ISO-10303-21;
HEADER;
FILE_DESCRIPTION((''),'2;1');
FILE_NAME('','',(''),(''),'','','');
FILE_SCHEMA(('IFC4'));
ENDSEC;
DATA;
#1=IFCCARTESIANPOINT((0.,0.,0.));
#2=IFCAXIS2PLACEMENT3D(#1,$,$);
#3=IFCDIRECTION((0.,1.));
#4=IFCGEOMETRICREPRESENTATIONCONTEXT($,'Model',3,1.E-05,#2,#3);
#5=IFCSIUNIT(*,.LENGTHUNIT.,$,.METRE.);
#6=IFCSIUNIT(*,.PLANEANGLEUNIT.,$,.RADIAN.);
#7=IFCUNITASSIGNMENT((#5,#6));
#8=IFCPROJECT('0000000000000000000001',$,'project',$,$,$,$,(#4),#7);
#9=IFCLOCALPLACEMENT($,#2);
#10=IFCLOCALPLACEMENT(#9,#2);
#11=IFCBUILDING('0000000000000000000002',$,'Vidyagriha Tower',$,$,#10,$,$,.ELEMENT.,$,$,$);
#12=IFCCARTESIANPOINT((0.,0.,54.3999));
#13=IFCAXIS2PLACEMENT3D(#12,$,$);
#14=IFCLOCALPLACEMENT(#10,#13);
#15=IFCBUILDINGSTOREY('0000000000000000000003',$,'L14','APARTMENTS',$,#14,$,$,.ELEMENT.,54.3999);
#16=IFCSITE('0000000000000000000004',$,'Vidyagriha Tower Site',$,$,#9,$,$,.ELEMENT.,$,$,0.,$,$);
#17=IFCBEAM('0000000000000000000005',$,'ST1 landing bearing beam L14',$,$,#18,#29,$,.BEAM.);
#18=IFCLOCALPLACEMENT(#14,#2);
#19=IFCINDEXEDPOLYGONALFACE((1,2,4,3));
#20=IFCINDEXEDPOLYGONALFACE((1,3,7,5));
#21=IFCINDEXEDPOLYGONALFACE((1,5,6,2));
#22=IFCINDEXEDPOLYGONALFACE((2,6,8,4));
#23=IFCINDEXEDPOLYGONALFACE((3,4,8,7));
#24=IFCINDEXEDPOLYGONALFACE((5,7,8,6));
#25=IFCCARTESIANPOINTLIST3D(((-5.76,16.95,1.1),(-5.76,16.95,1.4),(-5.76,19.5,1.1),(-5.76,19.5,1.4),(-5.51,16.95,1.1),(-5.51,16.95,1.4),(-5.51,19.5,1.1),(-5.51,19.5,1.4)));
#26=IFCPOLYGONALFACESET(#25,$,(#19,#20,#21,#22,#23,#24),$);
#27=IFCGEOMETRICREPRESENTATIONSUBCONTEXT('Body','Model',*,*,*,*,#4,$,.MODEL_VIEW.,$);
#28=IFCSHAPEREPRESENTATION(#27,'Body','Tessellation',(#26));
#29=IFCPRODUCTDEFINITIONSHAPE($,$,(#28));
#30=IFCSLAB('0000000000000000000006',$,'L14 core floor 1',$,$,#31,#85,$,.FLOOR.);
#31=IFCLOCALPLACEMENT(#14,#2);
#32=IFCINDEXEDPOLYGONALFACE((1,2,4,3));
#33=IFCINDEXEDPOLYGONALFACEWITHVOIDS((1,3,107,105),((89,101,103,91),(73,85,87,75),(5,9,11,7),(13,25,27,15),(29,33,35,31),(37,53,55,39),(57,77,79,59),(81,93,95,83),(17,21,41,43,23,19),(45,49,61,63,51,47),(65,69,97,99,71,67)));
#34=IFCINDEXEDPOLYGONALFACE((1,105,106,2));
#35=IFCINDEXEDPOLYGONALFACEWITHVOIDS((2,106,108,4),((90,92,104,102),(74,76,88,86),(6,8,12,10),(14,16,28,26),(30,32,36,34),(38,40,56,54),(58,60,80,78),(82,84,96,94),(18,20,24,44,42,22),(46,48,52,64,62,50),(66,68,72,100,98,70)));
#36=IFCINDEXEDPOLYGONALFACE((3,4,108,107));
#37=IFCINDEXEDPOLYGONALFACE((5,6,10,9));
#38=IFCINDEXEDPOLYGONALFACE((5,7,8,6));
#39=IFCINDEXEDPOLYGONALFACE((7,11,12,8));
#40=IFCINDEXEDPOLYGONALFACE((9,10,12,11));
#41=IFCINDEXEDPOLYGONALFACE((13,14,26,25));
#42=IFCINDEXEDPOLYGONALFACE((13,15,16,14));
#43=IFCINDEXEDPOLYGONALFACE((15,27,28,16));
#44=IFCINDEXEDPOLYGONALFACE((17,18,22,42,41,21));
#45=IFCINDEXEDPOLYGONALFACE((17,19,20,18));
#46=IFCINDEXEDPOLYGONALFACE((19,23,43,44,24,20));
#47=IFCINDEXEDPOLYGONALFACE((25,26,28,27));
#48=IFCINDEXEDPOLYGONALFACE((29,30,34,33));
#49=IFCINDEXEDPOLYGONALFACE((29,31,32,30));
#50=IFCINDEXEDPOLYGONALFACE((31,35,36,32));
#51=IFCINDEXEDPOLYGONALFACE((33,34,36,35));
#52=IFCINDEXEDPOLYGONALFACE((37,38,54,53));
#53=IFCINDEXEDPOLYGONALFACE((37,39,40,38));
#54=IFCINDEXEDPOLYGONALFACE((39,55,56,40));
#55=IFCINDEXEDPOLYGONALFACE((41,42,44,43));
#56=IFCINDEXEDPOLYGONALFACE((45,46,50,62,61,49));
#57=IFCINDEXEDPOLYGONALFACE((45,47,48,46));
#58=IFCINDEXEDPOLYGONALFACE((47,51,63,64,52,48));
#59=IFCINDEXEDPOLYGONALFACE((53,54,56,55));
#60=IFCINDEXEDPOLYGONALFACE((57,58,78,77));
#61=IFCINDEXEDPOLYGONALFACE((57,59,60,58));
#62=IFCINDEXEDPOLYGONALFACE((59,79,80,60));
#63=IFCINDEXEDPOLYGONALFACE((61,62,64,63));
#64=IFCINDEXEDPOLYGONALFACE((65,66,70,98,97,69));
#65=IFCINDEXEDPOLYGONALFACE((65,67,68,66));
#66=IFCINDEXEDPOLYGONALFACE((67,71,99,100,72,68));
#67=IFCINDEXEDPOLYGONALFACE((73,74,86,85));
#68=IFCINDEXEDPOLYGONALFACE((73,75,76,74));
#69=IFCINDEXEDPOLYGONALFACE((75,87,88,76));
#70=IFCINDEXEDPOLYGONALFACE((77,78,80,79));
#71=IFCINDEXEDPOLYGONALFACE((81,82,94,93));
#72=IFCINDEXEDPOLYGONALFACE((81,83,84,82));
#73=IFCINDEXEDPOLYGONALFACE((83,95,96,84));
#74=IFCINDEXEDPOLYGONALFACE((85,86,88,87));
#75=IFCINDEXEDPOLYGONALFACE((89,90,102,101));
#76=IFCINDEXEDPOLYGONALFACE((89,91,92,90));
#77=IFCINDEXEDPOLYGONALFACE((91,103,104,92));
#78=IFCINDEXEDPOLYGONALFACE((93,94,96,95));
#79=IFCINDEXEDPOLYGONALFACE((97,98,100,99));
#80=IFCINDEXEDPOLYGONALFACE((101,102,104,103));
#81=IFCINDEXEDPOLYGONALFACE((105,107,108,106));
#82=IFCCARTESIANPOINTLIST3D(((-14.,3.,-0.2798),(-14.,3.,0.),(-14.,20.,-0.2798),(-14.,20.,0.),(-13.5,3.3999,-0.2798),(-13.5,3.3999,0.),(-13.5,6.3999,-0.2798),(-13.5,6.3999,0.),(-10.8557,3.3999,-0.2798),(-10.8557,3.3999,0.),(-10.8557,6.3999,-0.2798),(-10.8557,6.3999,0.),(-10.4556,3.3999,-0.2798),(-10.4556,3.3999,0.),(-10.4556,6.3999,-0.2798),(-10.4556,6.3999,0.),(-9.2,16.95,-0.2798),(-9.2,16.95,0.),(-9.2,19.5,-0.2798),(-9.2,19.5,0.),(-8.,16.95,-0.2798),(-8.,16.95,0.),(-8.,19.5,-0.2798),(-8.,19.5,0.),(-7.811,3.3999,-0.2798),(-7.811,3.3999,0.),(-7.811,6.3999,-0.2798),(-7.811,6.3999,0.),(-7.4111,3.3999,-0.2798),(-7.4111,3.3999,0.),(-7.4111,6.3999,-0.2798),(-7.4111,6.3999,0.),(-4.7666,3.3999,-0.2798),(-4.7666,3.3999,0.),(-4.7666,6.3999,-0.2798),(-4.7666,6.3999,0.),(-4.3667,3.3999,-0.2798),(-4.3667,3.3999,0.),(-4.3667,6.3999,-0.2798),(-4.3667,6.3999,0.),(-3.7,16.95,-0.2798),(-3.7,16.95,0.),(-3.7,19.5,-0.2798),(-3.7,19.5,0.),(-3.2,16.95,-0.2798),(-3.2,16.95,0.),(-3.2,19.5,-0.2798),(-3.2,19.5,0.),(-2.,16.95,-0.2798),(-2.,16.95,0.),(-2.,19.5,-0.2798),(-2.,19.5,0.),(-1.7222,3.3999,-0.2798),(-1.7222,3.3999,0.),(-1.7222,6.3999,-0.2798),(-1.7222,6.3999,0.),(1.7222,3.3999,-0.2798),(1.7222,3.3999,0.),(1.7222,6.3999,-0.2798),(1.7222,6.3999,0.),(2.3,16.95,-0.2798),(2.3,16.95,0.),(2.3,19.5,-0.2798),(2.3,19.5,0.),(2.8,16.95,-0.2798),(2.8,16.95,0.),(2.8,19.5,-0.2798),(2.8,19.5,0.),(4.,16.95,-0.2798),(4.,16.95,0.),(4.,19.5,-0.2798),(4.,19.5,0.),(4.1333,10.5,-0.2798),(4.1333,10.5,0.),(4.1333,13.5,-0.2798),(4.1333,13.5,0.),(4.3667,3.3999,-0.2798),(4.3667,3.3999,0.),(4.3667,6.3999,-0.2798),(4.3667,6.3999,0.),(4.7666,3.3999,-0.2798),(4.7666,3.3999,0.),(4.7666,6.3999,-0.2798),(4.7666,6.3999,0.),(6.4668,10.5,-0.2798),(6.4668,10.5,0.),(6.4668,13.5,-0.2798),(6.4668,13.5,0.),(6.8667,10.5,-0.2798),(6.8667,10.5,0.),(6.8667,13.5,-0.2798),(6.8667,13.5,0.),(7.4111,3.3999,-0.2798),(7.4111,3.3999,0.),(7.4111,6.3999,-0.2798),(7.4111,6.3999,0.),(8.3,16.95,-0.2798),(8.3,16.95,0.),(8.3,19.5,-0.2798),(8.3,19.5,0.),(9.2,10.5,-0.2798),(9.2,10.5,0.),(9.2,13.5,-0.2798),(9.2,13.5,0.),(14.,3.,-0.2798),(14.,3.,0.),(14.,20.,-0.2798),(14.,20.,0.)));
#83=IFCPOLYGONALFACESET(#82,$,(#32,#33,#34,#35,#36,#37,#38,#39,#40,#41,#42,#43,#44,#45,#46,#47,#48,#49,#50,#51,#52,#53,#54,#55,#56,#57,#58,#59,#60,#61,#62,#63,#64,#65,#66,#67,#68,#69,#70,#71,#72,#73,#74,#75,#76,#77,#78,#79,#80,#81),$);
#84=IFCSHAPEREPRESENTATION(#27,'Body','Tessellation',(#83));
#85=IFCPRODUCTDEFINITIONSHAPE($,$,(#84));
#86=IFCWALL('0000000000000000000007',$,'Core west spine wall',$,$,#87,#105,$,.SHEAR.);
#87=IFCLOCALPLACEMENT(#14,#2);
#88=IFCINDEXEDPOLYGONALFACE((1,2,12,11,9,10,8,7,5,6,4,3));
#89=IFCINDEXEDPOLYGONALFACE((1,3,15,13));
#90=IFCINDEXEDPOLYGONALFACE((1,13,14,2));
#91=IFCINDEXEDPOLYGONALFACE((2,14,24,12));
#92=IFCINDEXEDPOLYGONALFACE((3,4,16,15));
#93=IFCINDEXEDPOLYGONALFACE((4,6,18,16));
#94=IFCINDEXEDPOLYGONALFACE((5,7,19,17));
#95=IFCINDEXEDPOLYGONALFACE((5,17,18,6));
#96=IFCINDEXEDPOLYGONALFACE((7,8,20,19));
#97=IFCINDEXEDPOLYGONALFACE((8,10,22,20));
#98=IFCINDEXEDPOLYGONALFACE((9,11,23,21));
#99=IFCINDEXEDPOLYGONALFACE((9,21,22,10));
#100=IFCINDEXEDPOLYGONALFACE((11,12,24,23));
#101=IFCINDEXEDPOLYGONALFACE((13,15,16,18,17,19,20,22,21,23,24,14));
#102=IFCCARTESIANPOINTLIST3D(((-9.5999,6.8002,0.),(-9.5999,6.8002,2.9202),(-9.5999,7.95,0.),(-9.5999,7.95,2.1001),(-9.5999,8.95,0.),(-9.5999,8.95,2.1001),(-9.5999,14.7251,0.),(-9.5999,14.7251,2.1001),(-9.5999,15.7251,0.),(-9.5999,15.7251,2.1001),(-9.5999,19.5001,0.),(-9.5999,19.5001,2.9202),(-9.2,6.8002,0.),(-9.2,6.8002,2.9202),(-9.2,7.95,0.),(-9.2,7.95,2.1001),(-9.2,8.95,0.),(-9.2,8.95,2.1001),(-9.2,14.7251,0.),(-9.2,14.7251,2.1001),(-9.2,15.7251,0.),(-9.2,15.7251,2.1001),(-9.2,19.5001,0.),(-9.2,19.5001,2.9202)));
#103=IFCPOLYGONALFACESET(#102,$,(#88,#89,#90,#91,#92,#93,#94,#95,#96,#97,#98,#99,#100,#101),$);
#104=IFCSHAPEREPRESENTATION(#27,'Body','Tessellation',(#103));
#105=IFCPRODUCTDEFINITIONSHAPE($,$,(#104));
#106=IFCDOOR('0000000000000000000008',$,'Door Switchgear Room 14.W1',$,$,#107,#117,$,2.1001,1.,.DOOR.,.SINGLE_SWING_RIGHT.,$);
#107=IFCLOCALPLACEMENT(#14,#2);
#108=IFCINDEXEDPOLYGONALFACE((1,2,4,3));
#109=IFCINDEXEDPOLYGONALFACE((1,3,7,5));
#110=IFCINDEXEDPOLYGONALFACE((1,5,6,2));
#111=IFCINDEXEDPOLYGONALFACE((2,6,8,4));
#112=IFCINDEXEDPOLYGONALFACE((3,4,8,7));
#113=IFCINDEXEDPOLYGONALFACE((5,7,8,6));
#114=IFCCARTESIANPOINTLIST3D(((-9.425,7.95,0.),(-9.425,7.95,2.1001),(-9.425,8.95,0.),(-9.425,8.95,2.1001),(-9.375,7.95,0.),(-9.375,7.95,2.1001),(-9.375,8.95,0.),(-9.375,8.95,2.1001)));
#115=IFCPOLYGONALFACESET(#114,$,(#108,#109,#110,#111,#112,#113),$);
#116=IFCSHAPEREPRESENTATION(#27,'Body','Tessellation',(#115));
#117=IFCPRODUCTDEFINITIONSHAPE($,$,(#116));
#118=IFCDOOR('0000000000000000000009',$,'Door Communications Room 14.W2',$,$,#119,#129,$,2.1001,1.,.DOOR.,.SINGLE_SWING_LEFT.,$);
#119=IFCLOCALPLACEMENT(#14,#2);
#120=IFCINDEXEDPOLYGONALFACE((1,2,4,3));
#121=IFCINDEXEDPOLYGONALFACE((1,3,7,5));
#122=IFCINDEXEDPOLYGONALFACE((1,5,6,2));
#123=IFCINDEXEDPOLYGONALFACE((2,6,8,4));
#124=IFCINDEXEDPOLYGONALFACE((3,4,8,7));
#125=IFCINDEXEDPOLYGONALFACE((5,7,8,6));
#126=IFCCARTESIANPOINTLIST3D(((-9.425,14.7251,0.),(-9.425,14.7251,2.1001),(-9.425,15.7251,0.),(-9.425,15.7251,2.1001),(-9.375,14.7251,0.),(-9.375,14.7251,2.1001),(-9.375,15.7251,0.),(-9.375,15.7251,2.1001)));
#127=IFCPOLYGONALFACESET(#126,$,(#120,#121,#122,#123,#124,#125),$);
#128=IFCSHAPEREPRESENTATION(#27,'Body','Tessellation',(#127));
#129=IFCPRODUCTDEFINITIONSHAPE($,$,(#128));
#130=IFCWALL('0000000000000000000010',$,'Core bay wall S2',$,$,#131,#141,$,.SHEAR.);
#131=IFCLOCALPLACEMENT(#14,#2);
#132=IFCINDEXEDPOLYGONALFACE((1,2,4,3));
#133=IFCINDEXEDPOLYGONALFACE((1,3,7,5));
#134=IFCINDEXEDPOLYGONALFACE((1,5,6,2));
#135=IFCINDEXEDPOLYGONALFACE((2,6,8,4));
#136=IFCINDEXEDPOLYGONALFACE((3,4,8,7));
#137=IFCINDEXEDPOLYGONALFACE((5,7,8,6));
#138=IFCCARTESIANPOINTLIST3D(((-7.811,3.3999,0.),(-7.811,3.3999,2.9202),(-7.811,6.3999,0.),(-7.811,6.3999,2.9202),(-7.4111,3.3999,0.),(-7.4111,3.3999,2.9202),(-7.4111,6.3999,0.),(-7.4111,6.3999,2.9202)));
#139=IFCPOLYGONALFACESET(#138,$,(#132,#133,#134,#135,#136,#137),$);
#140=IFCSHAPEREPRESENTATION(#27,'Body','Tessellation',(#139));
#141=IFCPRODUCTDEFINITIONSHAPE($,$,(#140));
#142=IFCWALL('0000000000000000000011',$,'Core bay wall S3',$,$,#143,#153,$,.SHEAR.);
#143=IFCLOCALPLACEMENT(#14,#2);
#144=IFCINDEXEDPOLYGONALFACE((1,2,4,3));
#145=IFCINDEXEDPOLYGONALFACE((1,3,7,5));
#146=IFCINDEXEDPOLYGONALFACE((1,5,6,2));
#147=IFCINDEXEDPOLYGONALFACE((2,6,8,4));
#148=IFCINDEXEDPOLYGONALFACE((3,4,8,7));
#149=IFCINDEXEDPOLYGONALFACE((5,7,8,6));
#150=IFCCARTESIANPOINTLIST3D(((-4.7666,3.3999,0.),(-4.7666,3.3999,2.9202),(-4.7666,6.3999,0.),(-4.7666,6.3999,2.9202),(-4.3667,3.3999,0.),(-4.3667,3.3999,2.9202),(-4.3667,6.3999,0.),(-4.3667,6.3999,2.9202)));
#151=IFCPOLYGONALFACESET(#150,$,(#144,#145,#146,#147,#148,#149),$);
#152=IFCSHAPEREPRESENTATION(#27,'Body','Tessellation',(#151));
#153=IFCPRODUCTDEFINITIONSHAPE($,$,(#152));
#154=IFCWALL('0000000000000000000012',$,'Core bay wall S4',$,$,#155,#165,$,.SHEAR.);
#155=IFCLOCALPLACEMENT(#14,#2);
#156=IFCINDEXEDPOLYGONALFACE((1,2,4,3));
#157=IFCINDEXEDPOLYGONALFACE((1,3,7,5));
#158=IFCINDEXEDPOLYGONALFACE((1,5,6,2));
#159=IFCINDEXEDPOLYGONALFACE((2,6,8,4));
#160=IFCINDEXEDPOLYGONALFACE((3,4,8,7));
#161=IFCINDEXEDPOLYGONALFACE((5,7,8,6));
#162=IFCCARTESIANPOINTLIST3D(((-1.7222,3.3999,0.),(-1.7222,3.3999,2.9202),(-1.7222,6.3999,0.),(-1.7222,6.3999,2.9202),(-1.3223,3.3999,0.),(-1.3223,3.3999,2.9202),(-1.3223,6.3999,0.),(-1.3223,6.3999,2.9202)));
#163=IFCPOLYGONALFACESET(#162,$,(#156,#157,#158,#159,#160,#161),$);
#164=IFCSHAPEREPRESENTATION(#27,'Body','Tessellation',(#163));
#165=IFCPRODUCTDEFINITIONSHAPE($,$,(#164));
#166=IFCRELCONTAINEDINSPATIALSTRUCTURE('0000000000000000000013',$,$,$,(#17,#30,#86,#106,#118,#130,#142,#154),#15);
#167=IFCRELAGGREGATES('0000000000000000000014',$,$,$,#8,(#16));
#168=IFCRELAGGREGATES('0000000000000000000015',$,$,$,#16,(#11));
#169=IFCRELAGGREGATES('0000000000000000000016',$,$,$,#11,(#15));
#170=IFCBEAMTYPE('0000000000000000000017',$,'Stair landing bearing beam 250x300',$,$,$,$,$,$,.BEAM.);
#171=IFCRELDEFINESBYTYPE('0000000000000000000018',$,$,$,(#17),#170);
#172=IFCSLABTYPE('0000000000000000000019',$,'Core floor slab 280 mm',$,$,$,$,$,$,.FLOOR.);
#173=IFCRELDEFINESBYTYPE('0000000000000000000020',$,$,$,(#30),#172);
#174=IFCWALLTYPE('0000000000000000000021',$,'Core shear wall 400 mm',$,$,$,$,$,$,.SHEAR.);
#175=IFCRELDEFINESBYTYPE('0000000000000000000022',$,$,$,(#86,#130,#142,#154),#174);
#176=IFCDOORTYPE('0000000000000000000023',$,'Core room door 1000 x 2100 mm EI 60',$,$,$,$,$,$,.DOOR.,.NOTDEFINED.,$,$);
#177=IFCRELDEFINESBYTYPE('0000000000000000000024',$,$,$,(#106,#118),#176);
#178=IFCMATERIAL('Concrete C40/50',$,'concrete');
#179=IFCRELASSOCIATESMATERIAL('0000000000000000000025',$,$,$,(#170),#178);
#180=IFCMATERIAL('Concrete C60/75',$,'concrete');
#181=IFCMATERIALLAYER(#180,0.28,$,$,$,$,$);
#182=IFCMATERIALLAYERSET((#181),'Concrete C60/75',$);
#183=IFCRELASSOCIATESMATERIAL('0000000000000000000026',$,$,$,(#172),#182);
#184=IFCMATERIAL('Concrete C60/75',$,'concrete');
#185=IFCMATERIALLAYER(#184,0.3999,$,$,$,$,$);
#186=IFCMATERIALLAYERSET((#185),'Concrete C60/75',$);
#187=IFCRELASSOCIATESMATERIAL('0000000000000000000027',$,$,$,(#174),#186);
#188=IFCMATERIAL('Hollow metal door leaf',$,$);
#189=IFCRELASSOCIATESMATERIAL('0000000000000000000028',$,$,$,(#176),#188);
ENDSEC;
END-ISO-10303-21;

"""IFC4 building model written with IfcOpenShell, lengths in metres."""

from ifc_helpers import new_model, si_unit, direction, frame, frame_2d, origin, origin_2d, place, context, subcontext, project, spatial, polyline, rectangle, outline, extrude, material, layer, layer_set, material_profile, profile_set, type_object, element, fill, save


model = new_model("IFC4")

# Units and contexts
model_context = context("Model", 3, precision=1e-05, world=origin(), true_north=direction((0.0, 1.0)))
body_context = subcontext(model_context, "Body", "Model", "MODEL_VIEW")
ifc_project = project(units=[si_unit("LENGTHUNIT", "METRE"), si_unit("PLANEANGLEUNIT", "RADIAN")], contexts=[model_context])

# Site, building, storey
site_placement = place(None, origin())
site = spatial("IfcSite", under=ifc_project, at=site_placement, Name="Vidyagriha Tower Site", CompositionType="ELEMENT", RefElevation=0.0)
building_placement = place(site_placement, origin())
building = spatial("IfcBuilding", under=site, at=building_placement, Name="Vidyagriha Tower", CompositionType="ELEMENT")
storey_placement = place(building_placement, frame((0.0, 0.0, 54.3999)))
storey = spatial("IfcBuildingStorey", under=building, at=storey_placement, Name="L14", Description="APARTMENTS", CompositionType="ELEMENT", Elevation=54.3999)

# Beam
ifc_material_1 = material(Name="Concrete C40/50", Category="concrete")
ifc_material_profile = material_profile(ifc_material_1, rectangle(XDim=0.25, YDim=0.3, at=origin_2d()), Name="Stair landing bearing beam 250x300")
ifc_profile_set = profile_set([ifc_material_profile], Name="Concrete C40/50")
beam_type = type_object("IfcBeamType", Name="Stair landing bearing beam 250x300", PredefinedType="BEAM", material=ifc_profile_set)
beam_placement = place(storey_placement, frame((-5.635, 16.95, 1.25), z_axis=(0.0, 1.0, 0.0), x_axis=(-1.0, 0.0, 0.0)))
element("IfcBeam", 1, at=beam_placement, inside=storey, type_object=beam_type, Name="ST1 landing bearing beam L14", PredefinedType="BEAM", context=body_context, shape_type="SweptSolid", body=[
    extrude(rectangle(XDim=0.25, YDim=0.3, at=origin_2d()), origin(), (0.0, 0.0, 1.0), 2.55),
])

# Slab
ifc_material_2 = material(Name="Concrete C60/75", Category="concrete")
ifc_layer_1 = layer(ifc_material_2, 0.28)
ifc_layer_set_1 = layer_set([ifc_layer_1], Name="Concrete C60/75")
slab_type = type_object("IfcSlabType", Name="Core floor slab 280 mm", PredefinedType="FLOOR", material=ifc_layer_set_1)
slab_placement = place(storey_placement, frame((0.0, 0.0, -0.2798)))
element("IfcSlab", 2, at=slab_placement, inside=storey, type_object=slab_type, Name="L14 core floor 1", PredefinedType="FLOOR", context=body_context, shape_type="SweptSolid", body=[
    extrude(outline(polyline([(-14.0, 3.0), (-14.0, 20.0), (14.0, 20.0), (14.0, 3.0), (-14.0, 3.0)]), holes=[polyline([(9.2, 13.5), (6.8667, 13.5), (6.8667, 10.5), (9.2, 10.5), (9.2, 13.5)]), polyline([(4.0, 19.5), (2.8, 19.5), (2.8, 16.95), (4.0, 16.95), (8.3, 16.95), (8.3, 19.5), (4.0, 19.5)]), polyline([(7.4111, 6.3999), (4.7666, 6.3999), (4.7666, 3.3999), (7.4111, 3.3999), (7.4111, 6.3999)]), polyline([(6.4668, 13.5), (4.1333, 13.5), (4.1333, 10.5), (6.4668, 10.5), (6.4668, 13.5)]), polyline([(1.7222, 6.3999), (1.7222, 3.3999), (4.3667, 3.3999), (4.3667, 6.3999), (1.7222, 6.3999)]), polyline([(-2.0, 16.95), (2.3, 16.95), (2.3, 19.5), (-2.0, 19.5), (-3.2, 19.5), (-3.2, 16.95), (-2.0, 16.95)]), polyline([(-1.7222, 6.3999), (-4.3667, 6.3999), (-4.3667, 3.3999), (-1.7222, 3.3999), (-1.7222, 6.3999)]), polyline([(-8.0, 19.5), (-9.2, 19.5), (-9.2, 16.95), (-8.0, 16.95), (-3.7, 16.95), (-3.7, 19.5), (-8.0, 19.5)]), polyline([(-4.7666, 6.3999), (-7.4111, 6.3999), (-7.4111, 3.3999), (-4.7666, 3.3999), (-4.7666, 6.3999)]), polyline([(-7.811, 6.3999), (-10.4556, 6.3999), (-10.4556, 3.3999), (-7.811, 3.3999), (-7.811, 6.3999)]), polyline([(-13.5, 6.3999), (-13.5, 3.3999), (-10.8557, 3.3999), (-10.8557, 6.3999), (-13.5, 6.3999)])]), origin(), (0.0, 0.0, 1.0), 0.2798),
])

# Wall, openings, doors
ifc_material_3 = material(Name="Concrete C60/75", Category="concrete")
ifc_layer_2 = layer(ifc_material_3, 0.3999)
ifc_layer_set_2 = layer_set([ifc_layer_2], Name="Concrete C60/75")
wall_type_1 = type_object("IfcWallType", Name="Core shear wall 400 mm", PredefinedType="SHEAR", material=ifc_layer_set_2)
wall_1_placement = place(storey_placement, frame((-9.3999, 6.8, 0.0), z_axis=(0.0, 0.0, 1.0), x_axis=(0.0, 1.0, 0.0)))
wall_1 = element("IfcWall", 3, at=wall_1_placement, inside=storey, type_object=wall_type_1, Name="Core west spine wall", PredefinedType="SHEAR", context=body_context, shape_type="SweptSolid", body=[
    extrude(rectangle(XDim=12.7, YDim=0.3999, at=frame_2d((6.3501, 0.0))), origin(), (0.0, 0.0, 1.0), 2.9202),
])
opening_1_placement = place(wall_1_placement, frame((1.1499, 0.0, 0.0)))
opening_1 = element("IfcOpeningElement", 4, at=opening_1_placement, cuts=wall_1, PredefinedType="OPENING", context=body_context, shape_type="SweptSolid", body=[
    extrude(rectangle(XDim=1.0, YDim=2.1001, at=frame_2d((0.5, 1.05))), frame((0.0, 0.21, 0.0), z_axis=(0.0, -1.0, 0.0), x_axis=(1.0, 0.0, 0.0)), (0.0, 0.0, 1.0), 0.4199),
])
opening_2_placement = place(wall_1_placement, frame((7.925, 0.0, 0.0)))
opening_2 = element("IfcOpeningElement", 5, at=opening_2_placement, cuts=wall_1, PredefinedType="OPENING", context=body_context, shape_type="SweptSolid", body=[
    extrude(rectangle(XDim=1.0, YDim=2.1001, at=frame_2d((0.5, 1.05))), frame((0.0, 0.21, 0.0), z_axis=(0.0, -1.0, 0.0), x_axis=(1.0, 0.0, 0.0)), (0.0, 0.0, 1.0), 0.4199),
])
ifc_material_4 = material(Name="Hollow metal door leaf")
door_type_1 = type_object("IfcDoorType", Name="Core room door 1000 x 2100 mm EI 60", OperationType="NOTDEFINED", PredefinedType="DOOR", material=ifc_material_4)
door_1_placement = place(opening_1_placement, frame((1.0, 0.0, 0.0), z_axis=(0.0, 0.0, 1.0), x_axis=(-1.0, 0.0, 0.0)))
door_1 = element("IfcDoor", 6, at=door_1_placement, inside=storey, type_object=door_type_1, Name="Door Switchgear Room 14.W1", OperationType="SINGLE_SWING_RIGHT", OverallHeight=2.1001, OverallWidth=1.0, PredefinedType="DOOR", context=body_context, shape_type="SweptSolid", body=[
    extrude(rectangle(XDim=1.0, YDim=2.1001, at=frame_2d((0.5, 1.05))), frame((0.0, 0.0249, 0.0), z_axis=(0.0, -1.0, 0.0), x_axis=(1.0, 0.0, 0.0)), (0.0, 0.0, 1.0), 0.05),
])
fill(opening_1, door_1)
door_2_placement = place(opening_2_placement, frame((1.0, 0.0, 0.0), z_axis=(0.0, 0.0, 1.0), x_axis=(-1.0, 0.0, 0.0)))
door_2 = element("IfcDoor", 7, at=door_2_placement, inside=storey, type_object=door_type_1, Name="Door Communications Room 14.W2", OperationType="SINGLE_SWING_LEFT", OverallHeight=2.1001, OverallWidth=1.0, PredefinedType="DOOR", context=body_context, shape_type="SweptSolid", body=[
    extrude(rectangle(XDim=1.0, YDim=2.1001, at=frame_2d((0.5, 1.05))), frame((0.0, 0.0249, 0.0), z_axis=(0.0, -1.0, 0.0), x_axis=(1.0, 0.0, 0.0)), (0.0, 0.0, 1.0), 0.05),
])
fill(opening_2, door_2)

# Walls
for number, where, z_axis, x_axis, name in (
    (8, (-7.6111, 3.3999, 0.0), (0.0, 0.0, 1.0), (0.0, 1.0, 0.0), "Core bay wall S2"),
    (9, (-4.5667, 3.3999, 0.0), (0.0, 0.0, 1.0), (0.0, 1.0, 0.0), "Core bay wall S3"),
    (10, (-1.5222, 3.3999, 0.0), (0.0, 0.0, 1.0), (0.0, 1.0, 0.0), "Core bay wall S4"),
):
    element("IfcWall", number, at=place(storey_placement, frame(where, z_axis=z_axis, x_axis=x_axis)), inside=storey, type_object=wall_type_1, Name=name, PredefinedType="SHEAR", context=body_context, shape_type="SweptSolid", body=[
        extrude(rectangle(XDim=3.0, YDim=0.3999, at=frame_2d((1.5, 0.0))), origin(), (0.0, 0.0, 1.0), 2.9202),
    ])

save(model, "model.ifc")
